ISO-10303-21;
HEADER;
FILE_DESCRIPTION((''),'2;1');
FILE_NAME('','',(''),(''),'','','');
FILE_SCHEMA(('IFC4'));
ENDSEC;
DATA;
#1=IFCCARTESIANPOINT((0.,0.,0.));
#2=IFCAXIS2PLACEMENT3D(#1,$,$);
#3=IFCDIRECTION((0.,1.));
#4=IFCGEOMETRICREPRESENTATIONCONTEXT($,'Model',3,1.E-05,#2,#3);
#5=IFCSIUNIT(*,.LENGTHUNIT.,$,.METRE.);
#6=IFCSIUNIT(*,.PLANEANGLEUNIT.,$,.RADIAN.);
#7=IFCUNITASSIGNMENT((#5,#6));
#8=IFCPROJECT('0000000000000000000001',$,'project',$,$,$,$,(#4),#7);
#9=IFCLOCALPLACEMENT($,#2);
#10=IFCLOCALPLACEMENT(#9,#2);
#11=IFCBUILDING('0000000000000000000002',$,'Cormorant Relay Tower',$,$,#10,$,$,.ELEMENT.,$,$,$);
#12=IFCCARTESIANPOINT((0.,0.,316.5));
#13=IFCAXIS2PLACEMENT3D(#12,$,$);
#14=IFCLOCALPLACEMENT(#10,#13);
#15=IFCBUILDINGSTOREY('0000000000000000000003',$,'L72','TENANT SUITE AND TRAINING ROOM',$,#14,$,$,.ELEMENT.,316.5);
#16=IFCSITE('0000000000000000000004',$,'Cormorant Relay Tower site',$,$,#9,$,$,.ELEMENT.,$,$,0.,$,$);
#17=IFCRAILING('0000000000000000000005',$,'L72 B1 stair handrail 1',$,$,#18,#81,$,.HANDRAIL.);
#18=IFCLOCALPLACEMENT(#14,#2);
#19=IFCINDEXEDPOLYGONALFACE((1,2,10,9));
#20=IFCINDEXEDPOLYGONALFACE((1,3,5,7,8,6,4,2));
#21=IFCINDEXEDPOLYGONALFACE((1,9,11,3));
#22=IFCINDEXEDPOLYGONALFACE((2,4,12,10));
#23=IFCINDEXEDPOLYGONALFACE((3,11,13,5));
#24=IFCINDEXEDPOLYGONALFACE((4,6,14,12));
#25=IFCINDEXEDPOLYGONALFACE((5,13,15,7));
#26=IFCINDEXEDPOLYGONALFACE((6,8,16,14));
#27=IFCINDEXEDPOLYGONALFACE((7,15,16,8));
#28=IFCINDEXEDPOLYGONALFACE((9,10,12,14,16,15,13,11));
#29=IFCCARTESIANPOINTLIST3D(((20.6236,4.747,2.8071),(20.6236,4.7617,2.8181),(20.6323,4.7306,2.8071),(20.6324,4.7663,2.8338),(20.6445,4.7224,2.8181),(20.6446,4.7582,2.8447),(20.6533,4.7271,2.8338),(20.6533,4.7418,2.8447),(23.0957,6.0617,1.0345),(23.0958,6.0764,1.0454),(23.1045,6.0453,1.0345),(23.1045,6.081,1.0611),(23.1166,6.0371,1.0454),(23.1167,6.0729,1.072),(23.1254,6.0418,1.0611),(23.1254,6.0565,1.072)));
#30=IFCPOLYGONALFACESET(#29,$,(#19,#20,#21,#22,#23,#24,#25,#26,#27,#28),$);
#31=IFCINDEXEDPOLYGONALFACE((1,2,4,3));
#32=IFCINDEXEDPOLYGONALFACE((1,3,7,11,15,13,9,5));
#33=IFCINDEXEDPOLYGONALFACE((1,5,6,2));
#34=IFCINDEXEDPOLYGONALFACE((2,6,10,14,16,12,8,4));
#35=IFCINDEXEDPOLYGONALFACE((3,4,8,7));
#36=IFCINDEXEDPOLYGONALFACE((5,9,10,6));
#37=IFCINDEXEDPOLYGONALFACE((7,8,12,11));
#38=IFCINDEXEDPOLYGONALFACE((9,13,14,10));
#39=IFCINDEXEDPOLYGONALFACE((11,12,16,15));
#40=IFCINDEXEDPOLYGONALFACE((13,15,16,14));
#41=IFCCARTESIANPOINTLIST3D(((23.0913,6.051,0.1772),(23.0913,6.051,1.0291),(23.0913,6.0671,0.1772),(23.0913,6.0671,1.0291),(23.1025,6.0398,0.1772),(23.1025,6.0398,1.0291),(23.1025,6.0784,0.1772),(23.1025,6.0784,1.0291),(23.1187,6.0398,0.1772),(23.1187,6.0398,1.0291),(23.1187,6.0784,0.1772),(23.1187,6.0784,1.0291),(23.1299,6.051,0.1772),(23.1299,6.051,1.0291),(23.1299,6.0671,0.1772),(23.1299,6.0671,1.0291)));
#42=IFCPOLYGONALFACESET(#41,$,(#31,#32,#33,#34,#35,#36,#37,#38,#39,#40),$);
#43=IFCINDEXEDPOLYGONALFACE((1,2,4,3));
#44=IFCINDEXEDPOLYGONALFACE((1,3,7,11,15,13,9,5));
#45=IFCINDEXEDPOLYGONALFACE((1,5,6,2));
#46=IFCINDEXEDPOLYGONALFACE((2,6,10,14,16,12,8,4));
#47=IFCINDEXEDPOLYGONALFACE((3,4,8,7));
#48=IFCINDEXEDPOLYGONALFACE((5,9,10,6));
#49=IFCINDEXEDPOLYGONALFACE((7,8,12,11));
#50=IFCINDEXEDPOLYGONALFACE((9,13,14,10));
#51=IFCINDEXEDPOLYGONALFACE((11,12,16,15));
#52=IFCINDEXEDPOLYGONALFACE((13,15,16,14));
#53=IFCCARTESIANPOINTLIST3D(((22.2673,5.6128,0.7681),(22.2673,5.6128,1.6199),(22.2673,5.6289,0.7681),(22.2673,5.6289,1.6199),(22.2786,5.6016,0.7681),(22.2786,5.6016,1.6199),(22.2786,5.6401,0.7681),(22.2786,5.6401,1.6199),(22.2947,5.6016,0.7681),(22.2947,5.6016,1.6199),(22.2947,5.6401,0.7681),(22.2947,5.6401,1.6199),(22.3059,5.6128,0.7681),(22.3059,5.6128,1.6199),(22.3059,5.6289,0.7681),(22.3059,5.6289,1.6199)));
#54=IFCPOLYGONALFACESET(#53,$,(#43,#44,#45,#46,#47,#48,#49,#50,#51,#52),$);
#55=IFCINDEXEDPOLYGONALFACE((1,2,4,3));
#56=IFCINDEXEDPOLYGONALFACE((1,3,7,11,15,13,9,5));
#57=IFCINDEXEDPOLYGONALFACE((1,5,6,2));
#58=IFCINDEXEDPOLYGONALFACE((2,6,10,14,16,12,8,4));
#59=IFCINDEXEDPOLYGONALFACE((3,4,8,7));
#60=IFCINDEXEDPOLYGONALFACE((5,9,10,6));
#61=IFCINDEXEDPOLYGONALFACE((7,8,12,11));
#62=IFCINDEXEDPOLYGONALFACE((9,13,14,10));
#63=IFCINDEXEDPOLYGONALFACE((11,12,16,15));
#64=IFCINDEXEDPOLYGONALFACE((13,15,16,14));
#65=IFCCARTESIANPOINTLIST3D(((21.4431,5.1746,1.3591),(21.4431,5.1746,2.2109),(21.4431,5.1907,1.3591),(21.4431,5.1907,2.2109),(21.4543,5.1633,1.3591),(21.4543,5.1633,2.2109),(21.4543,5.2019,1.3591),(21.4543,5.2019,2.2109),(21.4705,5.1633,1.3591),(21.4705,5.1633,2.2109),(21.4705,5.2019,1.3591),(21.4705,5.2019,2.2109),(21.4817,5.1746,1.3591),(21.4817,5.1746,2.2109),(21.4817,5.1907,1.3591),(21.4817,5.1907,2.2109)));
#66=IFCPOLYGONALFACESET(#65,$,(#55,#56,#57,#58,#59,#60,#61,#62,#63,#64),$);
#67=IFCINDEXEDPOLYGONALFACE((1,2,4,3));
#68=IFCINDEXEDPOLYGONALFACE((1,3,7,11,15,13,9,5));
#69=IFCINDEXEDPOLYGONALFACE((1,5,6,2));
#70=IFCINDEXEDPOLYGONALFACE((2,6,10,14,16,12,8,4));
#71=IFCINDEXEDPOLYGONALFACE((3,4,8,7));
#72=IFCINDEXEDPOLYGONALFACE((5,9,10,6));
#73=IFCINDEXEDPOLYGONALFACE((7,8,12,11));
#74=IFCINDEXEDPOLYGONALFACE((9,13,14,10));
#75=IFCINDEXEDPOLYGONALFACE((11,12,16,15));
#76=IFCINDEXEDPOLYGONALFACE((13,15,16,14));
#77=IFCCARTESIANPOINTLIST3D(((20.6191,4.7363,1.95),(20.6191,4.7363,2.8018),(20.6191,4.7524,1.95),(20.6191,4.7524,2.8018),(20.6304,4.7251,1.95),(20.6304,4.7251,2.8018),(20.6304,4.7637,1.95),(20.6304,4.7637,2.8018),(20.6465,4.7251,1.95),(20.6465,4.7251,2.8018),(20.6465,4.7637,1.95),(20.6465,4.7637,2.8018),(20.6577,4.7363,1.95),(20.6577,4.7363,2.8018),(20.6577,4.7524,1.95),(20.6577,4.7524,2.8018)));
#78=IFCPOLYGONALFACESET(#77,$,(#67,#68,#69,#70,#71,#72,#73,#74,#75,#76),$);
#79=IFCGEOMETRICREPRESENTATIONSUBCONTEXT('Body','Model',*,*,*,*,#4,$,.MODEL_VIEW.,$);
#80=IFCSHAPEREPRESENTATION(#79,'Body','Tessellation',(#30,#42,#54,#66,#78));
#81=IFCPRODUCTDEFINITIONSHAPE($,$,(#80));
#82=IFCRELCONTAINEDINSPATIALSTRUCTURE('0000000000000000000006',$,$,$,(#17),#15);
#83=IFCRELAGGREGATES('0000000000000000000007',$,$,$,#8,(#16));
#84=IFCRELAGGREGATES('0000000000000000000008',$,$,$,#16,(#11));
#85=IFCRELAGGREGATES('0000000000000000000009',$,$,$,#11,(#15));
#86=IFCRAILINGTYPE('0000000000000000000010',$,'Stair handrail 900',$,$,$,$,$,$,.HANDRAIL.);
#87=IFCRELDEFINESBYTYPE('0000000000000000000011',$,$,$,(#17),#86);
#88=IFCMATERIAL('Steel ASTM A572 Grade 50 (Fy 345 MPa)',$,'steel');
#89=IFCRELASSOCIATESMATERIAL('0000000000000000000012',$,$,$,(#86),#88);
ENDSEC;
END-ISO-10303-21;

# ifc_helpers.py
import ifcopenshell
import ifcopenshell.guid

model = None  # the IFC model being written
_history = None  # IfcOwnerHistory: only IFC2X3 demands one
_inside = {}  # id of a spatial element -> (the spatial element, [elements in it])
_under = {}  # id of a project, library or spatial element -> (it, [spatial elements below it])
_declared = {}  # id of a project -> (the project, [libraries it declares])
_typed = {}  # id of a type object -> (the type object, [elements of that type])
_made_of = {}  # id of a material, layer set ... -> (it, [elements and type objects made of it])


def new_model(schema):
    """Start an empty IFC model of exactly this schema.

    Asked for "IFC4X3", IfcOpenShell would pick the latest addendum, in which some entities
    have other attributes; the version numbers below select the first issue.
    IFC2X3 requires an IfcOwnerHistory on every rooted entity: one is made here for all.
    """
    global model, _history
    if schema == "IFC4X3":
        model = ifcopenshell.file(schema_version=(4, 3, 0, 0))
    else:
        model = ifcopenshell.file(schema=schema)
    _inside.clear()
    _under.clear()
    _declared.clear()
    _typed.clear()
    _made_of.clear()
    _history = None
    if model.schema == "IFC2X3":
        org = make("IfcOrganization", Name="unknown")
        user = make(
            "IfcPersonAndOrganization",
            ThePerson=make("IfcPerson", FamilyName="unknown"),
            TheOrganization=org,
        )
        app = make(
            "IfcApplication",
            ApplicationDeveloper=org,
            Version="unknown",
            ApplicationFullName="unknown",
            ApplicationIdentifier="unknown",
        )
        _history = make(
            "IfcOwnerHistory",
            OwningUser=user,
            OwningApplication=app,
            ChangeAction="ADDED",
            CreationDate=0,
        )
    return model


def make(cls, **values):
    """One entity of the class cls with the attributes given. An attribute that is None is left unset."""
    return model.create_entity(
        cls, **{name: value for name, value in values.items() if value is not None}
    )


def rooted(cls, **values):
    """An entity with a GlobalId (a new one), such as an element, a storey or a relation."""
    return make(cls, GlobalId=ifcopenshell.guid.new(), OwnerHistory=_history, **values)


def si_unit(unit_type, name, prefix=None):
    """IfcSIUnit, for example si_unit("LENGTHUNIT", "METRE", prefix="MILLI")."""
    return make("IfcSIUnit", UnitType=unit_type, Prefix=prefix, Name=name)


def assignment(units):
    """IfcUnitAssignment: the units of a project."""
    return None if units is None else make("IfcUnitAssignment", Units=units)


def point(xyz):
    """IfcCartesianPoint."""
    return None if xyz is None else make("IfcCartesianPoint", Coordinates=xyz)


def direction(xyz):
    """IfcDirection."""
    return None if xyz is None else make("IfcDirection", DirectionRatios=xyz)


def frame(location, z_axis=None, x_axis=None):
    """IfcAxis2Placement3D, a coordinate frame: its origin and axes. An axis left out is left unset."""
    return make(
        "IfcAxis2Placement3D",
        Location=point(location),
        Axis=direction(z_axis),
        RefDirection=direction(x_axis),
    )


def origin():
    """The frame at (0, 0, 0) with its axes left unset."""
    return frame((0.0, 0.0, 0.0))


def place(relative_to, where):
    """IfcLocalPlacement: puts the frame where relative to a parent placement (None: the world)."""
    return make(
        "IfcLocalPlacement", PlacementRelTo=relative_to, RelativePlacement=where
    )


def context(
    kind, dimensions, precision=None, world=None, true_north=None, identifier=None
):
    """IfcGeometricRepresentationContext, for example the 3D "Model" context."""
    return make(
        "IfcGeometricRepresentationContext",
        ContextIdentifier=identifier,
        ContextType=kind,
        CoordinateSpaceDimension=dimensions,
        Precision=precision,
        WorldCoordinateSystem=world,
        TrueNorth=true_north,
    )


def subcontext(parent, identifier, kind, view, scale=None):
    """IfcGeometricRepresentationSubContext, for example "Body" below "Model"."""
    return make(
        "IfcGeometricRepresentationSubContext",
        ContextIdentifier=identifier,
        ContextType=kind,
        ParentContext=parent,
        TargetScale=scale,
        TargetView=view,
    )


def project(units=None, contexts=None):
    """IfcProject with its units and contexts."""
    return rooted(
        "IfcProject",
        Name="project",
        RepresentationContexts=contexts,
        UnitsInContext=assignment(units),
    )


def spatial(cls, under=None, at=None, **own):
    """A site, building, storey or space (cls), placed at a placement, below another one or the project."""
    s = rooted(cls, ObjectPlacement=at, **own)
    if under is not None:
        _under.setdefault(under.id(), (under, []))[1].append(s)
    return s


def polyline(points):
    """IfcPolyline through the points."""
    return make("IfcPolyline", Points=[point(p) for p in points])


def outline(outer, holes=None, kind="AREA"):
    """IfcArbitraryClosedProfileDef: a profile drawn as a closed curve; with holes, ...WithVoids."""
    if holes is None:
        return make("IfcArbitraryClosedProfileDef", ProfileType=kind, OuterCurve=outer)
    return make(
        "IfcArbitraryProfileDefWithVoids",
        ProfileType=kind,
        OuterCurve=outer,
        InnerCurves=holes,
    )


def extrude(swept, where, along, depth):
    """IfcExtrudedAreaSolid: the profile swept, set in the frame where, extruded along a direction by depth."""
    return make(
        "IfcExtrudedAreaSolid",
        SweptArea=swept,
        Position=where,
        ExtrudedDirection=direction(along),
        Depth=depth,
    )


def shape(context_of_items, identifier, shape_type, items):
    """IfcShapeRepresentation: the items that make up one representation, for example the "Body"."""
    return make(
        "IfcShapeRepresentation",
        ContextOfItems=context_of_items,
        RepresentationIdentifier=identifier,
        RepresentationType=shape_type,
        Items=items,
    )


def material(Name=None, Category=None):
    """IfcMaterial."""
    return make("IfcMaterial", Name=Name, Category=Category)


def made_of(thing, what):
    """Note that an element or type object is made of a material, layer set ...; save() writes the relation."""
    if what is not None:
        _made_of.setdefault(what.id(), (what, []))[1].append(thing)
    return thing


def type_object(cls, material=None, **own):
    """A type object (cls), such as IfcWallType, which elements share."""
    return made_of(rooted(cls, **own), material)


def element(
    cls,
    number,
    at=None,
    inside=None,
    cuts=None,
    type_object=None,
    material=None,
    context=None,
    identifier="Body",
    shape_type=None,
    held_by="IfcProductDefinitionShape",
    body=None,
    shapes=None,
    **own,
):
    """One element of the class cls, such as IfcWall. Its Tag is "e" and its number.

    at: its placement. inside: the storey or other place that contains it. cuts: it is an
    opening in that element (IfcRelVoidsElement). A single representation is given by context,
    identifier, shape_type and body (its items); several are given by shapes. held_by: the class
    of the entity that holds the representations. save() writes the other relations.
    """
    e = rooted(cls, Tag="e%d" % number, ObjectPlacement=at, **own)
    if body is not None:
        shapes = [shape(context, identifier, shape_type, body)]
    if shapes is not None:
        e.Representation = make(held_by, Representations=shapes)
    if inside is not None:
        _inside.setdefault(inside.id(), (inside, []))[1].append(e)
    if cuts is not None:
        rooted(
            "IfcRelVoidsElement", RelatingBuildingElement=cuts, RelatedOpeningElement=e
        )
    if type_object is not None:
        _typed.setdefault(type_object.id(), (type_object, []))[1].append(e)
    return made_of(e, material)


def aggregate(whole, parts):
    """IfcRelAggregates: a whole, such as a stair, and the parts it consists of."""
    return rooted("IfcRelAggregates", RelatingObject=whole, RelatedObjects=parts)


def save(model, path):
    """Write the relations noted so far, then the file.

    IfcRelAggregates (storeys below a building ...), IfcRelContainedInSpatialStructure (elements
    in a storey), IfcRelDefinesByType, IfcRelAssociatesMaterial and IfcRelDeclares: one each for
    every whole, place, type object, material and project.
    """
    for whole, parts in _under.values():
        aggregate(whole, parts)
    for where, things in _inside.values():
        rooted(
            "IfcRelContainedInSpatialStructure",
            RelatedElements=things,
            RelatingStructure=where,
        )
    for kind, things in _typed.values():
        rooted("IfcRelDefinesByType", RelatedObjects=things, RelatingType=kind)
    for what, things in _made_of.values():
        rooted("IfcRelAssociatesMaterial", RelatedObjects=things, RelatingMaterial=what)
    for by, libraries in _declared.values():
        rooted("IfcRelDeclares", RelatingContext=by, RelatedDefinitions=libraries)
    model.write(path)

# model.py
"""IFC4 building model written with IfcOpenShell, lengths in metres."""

from ifc_helpers import new_model, si_unit, direction, frame, origin, place, context, subcontext, project, spatial, polyline, outline, extrude, material, type_object, element, save


model = new_model("IFC4")

# Units and contexts
model_context = context("Model", 3, precision=1e-05, world=origin(), true_north=direction((0.0, 1.0)))
body_context = subcontext(model_context, "Body", "Model", "MODEL_VIEW")
ifc_project = project(units=[si_unit("LENGTHUNIT", "METRE"), si_unit("PLANEANGLEUNIT", "RADIAN")], contexts=[model_context])

# Site, building, storey
site_placement = place(None, origin())
site = spatial("IfcSite", under=ifc_project, at=site_placement, Name="Cormorant Relay Tower site", CompositionType="ELEMENT", RefElevation=0.0)
building_placement = place(site_placement, origin())
building = spatial("IfcBuilding", under=site, at=building_placement, Name="Cormorant Relay Tower", CompositionType="ELEMENT")
storey_placement = place(building_placement, frame((0.0, 0.0, 316.5)))
storey = spatial("IfcBuildingStorey", under=building, at=storey_placement, Name="L72", Description="TENANT SUITE AND TRAINING ROOM", CompositionType="ELEMENT", Elevation=316.5)

# Railing
ifc_material_1 = material(Name="Steel ASTM A572 Grade 50 (Fy 345 MPa)", Category="steel")
railing_type = type_object("IfcRailingType", Name="Stair handrail 900", PredefinedType="HANDRAIL", material=ifc_material_1)
railing_placement = place(storey_placement, frame((23.1106, 6.0591, 0.1772)))
element("IfcRailing", 1, at=railing_placement, inside=storey, type_object=railing_type, Name="L72 B1 stair handrail 1", PredefinedType="HANDRAIL", context=body_context, shape_type="SweptSolid", body=[
    extrude(outline(polyline([(0.0222, 0.0093), (0.0093, 0.0222), (-0.0093, 0.0222), (-0.0222, 0.0093), (-0.0222, -0.0093), (-0.0093, -0.0222), (0.0093, -0.0222), (0.0222, -0.0093), (0.0222, 0.0093)])), frame((0.0, 0.0, 0.876), z_axis=(-0.745979, -0.396711, 0.534916), x_axis=(0.469533, -0.882915, 0.0)), (0.0, 0.0, 1.0), 3.314),
    extrude(outline(polyline([(0.0193, 0.0081), (0.0081, 0.0193), (-0.0081, 0.0193), (-0.0193, 0.0081), (-0.0193, -0.0081), (-0.0081, -0.0193), (0.0081, -0.0193), (0.0193, -0.0081), (0.0193, 0.0081)])), origin(), (0.0, 0.0, 1.0), 0.8518),
    extrude(outline(polyline([(0.0193, 0.0081), (0.0081, 0.0193), (-0.0081, 0.0193), (-0.0193, 0.0081), (-0.0193, -0.0081), (-0.0081, -0.0193), (0.0081, -0.0193), (0.0193, -0.0081), (0.0193, 0.0081)])), frame((-0.824, -0.4382, 0.5908)), (0.0, 0.0, 1.0), 0.8518),
    extrude(outline(polyline([(0.0193, 0.0081), (0.0081, 0.0193), (-0.0081, 0.0193), (-0.0193, 0.0081), (-0.0193, -0.0081), (-0.0081, -0.0193), (0.0081, -0.0193), (0.0193, -0.0081), (0.0193, 0.0081)])), frame((-1.6482, -0.8765, 1.1819)), (0.0, 0.0, 1.0), 0.8518),
    extrude(outline(polyline([(0.0193, 0.0081), (0.0081, 0.0193), (-0.0081, 0.0193), (-0.0193, 0.0081), (-0.0193, -0.0081), (-0.0081, -0.0193), (0.0081, -0.0193), (0.0193, -0.0081), (0.0193, 0.0081)])), frame((-2.4722, -1.3147, 1.7727)), (0.0, 0.0, 1.0), 0.8518),
])

save(model, "model.ifc")
